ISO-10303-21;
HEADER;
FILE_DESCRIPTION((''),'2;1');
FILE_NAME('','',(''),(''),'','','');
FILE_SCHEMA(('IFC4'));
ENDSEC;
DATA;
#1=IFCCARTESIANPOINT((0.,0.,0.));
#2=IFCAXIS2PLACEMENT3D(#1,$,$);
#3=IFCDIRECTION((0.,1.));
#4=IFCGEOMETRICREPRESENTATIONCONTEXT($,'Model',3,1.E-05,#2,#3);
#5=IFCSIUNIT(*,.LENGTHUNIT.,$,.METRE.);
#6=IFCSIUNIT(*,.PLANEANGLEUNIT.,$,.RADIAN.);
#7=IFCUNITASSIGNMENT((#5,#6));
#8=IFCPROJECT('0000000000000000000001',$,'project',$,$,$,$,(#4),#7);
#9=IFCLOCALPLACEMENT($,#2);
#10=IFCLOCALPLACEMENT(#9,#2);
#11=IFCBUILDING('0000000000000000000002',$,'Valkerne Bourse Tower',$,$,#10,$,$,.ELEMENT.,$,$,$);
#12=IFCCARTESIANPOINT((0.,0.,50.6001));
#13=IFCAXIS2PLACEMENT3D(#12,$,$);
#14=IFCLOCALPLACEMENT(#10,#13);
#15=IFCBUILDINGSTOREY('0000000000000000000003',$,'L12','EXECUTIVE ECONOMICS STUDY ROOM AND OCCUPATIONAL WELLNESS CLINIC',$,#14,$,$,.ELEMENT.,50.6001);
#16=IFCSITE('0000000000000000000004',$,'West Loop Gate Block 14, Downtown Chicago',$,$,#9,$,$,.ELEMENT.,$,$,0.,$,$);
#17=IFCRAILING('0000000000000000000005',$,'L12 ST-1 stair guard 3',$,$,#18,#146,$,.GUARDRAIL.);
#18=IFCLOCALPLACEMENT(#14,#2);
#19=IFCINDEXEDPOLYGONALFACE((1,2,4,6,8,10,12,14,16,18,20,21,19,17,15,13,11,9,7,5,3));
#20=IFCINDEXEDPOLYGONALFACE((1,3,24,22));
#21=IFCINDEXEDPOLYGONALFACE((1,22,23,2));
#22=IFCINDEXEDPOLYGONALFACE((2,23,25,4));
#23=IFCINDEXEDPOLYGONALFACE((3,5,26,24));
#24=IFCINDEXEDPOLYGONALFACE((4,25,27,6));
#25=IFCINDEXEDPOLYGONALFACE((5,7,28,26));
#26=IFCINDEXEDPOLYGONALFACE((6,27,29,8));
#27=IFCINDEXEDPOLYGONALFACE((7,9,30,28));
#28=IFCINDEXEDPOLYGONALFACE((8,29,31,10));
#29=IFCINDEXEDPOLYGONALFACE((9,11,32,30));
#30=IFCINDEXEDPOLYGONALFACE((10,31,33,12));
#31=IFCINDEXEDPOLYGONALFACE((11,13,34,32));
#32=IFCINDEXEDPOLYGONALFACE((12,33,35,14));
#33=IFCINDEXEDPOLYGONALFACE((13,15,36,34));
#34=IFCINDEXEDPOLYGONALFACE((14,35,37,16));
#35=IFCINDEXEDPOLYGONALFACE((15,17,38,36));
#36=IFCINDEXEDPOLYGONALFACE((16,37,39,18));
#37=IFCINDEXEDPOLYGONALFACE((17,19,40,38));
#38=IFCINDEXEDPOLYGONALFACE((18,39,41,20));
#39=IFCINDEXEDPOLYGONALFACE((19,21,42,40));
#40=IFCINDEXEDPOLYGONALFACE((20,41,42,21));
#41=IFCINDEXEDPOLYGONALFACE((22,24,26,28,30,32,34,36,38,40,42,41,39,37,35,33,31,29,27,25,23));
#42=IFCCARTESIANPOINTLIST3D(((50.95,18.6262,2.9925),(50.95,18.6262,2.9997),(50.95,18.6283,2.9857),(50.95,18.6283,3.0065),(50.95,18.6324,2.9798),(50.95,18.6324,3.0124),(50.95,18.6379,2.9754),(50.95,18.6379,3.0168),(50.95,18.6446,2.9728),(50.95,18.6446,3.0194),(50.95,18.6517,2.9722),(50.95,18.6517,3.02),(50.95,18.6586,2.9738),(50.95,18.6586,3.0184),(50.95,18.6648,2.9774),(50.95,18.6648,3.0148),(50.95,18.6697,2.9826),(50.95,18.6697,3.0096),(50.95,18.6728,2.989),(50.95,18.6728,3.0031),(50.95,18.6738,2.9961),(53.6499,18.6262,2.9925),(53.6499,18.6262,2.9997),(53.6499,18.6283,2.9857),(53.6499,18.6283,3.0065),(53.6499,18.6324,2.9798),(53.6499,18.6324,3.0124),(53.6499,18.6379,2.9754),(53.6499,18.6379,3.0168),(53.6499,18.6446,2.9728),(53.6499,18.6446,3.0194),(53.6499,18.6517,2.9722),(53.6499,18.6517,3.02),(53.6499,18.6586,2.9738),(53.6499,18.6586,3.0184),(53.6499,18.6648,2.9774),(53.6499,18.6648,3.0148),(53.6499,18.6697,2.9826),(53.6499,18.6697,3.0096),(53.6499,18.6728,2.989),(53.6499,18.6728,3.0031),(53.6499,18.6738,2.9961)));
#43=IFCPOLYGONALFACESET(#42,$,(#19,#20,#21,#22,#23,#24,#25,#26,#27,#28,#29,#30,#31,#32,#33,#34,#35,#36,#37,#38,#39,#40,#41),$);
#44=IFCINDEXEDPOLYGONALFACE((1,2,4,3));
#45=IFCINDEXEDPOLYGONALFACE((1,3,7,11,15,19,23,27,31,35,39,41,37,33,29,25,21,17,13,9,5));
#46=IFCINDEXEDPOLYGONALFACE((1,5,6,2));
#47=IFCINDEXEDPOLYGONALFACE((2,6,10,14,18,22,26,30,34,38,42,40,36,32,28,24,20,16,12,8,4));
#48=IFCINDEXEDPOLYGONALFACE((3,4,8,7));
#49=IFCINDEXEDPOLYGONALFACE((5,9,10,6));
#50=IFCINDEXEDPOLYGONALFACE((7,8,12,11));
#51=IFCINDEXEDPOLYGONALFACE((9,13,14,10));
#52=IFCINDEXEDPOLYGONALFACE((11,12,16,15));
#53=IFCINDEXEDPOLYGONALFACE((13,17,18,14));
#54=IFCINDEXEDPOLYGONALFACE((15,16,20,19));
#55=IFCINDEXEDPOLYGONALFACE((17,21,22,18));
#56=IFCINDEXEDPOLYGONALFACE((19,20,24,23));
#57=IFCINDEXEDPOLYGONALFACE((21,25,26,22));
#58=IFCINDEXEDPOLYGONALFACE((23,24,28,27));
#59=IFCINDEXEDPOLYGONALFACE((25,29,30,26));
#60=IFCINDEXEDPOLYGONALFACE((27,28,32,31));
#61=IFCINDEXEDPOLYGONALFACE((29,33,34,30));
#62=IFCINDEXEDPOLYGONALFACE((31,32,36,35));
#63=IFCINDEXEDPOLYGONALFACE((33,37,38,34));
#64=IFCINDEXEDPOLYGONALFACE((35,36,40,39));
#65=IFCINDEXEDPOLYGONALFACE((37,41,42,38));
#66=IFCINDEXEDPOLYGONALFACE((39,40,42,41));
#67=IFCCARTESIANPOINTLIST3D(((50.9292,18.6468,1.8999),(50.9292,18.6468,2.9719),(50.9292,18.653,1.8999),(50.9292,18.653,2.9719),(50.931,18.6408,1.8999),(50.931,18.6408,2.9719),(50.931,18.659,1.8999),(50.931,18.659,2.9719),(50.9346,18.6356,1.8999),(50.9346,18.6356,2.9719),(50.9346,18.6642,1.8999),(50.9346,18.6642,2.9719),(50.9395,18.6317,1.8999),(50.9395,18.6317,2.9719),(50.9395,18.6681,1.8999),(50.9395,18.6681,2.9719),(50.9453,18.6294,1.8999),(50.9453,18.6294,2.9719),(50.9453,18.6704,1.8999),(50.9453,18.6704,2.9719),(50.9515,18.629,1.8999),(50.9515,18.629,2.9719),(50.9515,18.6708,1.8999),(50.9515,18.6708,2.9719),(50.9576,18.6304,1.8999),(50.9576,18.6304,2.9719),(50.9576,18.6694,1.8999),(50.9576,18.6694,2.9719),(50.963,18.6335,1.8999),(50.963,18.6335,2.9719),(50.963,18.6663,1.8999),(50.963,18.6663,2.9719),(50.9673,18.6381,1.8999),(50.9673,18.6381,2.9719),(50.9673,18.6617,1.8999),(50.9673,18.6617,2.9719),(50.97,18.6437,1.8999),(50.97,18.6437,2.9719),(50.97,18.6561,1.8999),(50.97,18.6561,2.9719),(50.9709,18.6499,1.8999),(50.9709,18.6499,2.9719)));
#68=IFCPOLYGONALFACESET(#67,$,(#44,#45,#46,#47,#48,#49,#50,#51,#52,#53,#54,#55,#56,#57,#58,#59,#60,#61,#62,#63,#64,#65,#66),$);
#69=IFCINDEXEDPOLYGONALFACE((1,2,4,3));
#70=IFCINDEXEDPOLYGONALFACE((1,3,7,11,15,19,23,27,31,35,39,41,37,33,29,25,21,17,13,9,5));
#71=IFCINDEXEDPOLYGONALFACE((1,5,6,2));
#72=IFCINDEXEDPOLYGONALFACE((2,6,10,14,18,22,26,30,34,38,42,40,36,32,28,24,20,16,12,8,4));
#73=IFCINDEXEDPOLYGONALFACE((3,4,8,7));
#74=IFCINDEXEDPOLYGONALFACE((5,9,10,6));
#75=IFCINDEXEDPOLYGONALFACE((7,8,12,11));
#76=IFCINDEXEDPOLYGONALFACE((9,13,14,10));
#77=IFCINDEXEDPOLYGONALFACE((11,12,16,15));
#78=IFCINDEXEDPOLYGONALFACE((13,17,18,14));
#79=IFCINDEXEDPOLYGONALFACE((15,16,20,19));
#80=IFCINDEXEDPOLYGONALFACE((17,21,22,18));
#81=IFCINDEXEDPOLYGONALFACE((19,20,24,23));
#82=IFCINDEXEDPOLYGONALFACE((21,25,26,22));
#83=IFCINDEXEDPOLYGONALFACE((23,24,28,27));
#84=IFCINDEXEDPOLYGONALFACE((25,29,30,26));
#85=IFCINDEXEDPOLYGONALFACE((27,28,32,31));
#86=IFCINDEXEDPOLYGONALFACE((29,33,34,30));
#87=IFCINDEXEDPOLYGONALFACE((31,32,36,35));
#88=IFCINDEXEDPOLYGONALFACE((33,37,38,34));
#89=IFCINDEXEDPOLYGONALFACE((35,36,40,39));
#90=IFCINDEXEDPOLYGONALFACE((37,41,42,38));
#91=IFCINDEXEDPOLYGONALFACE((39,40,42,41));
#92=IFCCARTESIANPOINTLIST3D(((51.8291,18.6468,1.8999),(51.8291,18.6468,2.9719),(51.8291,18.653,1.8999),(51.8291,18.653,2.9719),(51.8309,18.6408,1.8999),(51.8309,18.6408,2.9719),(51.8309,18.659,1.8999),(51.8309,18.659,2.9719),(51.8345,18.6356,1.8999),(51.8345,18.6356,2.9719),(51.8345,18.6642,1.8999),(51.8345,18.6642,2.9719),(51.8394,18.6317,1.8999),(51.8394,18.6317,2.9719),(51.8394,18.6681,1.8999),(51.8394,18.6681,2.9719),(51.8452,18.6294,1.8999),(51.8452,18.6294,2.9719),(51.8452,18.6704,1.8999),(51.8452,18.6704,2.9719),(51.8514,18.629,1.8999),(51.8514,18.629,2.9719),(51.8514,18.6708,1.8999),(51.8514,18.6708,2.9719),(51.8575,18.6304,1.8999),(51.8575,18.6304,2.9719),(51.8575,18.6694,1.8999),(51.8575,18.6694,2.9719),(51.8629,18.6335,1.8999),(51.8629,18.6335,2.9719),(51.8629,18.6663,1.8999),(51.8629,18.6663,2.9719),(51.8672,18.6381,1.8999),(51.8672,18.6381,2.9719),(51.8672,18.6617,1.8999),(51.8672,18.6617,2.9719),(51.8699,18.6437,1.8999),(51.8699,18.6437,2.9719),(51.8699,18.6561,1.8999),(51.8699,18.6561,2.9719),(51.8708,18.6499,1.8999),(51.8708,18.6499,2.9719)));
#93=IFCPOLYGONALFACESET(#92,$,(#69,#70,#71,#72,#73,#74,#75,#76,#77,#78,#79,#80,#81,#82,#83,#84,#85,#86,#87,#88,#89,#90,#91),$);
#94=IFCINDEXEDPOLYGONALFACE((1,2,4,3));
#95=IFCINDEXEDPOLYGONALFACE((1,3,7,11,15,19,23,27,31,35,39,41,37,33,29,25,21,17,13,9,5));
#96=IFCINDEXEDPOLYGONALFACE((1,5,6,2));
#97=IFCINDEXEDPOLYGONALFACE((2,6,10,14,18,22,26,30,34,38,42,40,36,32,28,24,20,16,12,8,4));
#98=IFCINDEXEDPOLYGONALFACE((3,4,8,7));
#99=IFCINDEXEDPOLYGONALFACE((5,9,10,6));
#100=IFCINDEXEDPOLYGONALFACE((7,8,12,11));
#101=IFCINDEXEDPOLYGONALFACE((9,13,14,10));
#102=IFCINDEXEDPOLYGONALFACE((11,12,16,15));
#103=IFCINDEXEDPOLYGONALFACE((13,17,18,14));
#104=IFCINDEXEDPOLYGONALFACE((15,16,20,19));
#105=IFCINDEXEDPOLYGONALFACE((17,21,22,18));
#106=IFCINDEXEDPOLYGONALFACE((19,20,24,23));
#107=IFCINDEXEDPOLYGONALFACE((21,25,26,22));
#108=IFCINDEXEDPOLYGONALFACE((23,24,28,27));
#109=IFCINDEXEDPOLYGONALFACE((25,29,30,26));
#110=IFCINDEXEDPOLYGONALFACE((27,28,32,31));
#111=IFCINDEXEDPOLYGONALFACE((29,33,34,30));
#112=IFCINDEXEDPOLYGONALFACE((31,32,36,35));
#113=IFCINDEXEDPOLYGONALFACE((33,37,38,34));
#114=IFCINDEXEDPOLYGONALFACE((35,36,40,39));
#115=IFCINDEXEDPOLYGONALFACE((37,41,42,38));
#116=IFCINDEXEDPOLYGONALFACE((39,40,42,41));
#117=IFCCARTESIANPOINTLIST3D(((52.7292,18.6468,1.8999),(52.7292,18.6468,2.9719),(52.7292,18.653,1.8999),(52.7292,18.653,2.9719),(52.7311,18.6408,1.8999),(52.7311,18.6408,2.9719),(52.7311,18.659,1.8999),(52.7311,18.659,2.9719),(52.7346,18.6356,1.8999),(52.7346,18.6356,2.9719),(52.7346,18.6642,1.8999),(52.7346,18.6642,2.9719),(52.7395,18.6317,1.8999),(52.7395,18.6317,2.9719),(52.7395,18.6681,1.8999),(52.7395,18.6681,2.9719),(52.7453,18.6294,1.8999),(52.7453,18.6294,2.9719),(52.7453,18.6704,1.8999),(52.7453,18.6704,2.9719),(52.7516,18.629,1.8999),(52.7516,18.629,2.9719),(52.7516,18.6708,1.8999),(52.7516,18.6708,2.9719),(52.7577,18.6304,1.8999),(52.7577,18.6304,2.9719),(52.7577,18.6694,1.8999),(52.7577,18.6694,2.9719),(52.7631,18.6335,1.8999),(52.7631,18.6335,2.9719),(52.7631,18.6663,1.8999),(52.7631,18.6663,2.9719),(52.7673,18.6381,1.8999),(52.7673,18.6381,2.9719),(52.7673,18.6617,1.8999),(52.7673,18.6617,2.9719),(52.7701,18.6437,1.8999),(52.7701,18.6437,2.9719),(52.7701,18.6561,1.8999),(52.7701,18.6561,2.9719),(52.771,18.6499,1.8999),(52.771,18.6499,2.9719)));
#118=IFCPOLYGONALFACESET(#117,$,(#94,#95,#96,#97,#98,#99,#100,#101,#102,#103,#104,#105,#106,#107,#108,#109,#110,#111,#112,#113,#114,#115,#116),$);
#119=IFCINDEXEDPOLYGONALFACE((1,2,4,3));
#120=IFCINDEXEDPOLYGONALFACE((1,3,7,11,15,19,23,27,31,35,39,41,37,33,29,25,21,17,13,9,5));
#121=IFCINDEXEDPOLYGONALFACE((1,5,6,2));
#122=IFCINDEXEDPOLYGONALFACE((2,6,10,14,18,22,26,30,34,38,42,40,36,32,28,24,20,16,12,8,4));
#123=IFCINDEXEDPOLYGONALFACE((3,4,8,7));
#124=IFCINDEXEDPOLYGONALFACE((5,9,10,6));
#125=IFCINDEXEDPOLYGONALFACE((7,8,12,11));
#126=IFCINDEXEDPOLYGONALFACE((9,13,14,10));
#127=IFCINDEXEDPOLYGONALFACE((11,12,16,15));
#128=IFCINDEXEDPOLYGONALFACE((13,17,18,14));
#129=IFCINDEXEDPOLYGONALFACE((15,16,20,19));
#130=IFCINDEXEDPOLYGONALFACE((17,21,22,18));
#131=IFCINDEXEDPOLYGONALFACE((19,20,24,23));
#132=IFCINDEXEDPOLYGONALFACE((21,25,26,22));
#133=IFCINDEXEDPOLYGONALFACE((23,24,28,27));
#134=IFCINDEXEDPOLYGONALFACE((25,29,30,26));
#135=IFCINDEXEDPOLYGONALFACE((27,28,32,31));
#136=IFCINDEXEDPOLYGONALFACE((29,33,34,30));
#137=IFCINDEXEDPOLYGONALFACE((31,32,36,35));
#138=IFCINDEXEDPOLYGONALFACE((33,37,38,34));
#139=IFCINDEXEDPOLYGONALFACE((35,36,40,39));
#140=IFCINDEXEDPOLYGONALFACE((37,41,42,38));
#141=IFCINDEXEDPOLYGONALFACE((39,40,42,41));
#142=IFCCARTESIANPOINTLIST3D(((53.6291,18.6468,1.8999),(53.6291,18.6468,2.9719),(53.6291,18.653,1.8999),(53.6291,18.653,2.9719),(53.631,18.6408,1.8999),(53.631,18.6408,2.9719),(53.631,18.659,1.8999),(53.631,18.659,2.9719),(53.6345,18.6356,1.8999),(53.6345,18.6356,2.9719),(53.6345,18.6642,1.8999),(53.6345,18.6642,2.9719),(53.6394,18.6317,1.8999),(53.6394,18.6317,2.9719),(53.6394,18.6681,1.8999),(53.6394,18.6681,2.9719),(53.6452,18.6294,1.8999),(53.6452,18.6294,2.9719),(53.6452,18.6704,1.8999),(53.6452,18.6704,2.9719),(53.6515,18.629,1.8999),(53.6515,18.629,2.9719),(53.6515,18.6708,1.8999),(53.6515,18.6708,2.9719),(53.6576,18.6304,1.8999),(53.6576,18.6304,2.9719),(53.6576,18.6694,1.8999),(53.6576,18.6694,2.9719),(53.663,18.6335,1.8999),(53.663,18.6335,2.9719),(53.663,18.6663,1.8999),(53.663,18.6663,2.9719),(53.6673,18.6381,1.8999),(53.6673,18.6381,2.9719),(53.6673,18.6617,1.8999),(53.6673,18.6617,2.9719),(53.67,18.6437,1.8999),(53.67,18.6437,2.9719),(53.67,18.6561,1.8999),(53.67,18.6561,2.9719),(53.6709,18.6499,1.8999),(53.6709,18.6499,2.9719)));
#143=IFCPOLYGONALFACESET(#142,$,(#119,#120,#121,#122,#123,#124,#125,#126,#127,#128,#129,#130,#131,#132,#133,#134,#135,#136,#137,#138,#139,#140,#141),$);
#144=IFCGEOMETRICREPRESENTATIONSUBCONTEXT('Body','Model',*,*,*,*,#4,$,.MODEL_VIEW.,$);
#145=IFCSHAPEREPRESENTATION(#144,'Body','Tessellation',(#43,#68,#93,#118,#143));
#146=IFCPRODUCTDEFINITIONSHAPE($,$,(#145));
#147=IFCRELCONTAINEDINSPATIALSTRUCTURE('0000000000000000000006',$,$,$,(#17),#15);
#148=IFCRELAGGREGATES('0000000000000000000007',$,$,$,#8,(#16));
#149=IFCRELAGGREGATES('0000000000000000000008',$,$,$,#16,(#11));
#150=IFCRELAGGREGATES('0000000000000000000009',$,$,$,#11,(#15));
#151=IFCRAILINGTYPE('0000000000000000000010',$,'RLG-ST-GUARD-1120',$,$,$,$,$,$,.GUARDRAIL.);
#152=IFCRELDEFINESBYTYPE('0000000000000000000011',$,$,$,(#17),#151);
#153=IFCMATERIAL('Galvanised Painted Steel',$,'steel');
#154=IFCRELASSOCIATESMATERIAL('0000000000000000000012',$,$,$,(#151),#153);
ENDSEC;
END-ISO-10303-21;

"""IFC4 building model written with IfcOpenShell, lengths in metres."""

from ifc_helpers import new_model, si_unit, direction, frame, origin, origin_2d, place, context, subcontext, project, spatial, circle, extrude, material, type_object, element, save


model = new_model("IFC4")

# Units and contexts
model_context = context("Model", 3, precision=1e-05, world=origin(), true_north=direction((0.0, 1.0)))
body_context = subcontext(model_context, "Body", "Model", "MODEL_VIEW")
ifc_project = project(units=[si_unit("LENGTHUNIT", "METRE"), si_unit("PLANEANGLEUNIT", "RADIAN")], contexts=[model_context])

# Site, building, storey
site_placement = place(None, origin())
site = spatial("IfcSite", under=ifc_project, at=site_placement, Name="West Loop Gate Block 14, Downtown Chicago", CompositionType="ELEMENT", RefElevation=0.0)
building_placement = place(site_placement, origin())
building = spatial("IfcBuilding", under=site, at=building_placement, Name="Valkerne Bourse Tower", CompositionType="ELEMENT")
storey_placement = place(building_placement, frame((0.0, 0.0, 50.6001)))
storey = spatial("IfcBuildingStorey", under=building, at=storey_placement, Name="L12", Description="EXECUTIVE ECONOMICS STUDY ROOM AND OCCUPATIONAL WELLNESS CLINIC", CompositionType="ELEMENT", Elevation=50.6001)

# Shared definitions
ifc_material_1 = material(Name="Galvanised Painted Steel", Category="steel")

# Railing
railing_type_1 = type_object("IfcRailingType", Name="RLG-ST-GUARD-1120", PredefinedType="GUARDRAIL", material=ifc_material_1)
for number, where, name in (
    (1, (50.95, 18.6499, 1.8999), "L12 ST-1 stair guard 3"),
):
    element("IfcRailing", number, at=place(storey_placement, frame(where)), inside=storey, type_object=railing_type_1, Name=name, PredefinedType="GUARDRAIL", context=body_context, shape_type="SweptSolid", body=[
        extrude(circle(Radius=0.0239, at=origin_2d()), frame((0.0, 0.0, 1.0962), z_axis=(1.0, 0.0, 0.0), x_axis=(0.0, 1.0, 0.0)), (0.0, 0.0, 1.0), 2.7),
        extrude(circle(Radius=0.021, at=origin_2d()), origin(), (0.0, 0.0, 1.0), 1.072),
        extrude(circle(Radius=0.021, at=origin_2d()), frame((0.8999, 0.0, 0.0)), (0.0, 0.0, 1.0), 1.072),
        extrude(circle(Radius=0.021, at=origin_2d()), frame((1.8, 0.0, 0.0)), (0.0, 0.0, 1.0), 1.072),
        extrude(circle(Radius=0.021, at=origin_2d()), frame((2.7, 0.0, 0.0)), (0.0, 0.0, 1.0), 1.072),
    ])

save(model, "model.ifc")
